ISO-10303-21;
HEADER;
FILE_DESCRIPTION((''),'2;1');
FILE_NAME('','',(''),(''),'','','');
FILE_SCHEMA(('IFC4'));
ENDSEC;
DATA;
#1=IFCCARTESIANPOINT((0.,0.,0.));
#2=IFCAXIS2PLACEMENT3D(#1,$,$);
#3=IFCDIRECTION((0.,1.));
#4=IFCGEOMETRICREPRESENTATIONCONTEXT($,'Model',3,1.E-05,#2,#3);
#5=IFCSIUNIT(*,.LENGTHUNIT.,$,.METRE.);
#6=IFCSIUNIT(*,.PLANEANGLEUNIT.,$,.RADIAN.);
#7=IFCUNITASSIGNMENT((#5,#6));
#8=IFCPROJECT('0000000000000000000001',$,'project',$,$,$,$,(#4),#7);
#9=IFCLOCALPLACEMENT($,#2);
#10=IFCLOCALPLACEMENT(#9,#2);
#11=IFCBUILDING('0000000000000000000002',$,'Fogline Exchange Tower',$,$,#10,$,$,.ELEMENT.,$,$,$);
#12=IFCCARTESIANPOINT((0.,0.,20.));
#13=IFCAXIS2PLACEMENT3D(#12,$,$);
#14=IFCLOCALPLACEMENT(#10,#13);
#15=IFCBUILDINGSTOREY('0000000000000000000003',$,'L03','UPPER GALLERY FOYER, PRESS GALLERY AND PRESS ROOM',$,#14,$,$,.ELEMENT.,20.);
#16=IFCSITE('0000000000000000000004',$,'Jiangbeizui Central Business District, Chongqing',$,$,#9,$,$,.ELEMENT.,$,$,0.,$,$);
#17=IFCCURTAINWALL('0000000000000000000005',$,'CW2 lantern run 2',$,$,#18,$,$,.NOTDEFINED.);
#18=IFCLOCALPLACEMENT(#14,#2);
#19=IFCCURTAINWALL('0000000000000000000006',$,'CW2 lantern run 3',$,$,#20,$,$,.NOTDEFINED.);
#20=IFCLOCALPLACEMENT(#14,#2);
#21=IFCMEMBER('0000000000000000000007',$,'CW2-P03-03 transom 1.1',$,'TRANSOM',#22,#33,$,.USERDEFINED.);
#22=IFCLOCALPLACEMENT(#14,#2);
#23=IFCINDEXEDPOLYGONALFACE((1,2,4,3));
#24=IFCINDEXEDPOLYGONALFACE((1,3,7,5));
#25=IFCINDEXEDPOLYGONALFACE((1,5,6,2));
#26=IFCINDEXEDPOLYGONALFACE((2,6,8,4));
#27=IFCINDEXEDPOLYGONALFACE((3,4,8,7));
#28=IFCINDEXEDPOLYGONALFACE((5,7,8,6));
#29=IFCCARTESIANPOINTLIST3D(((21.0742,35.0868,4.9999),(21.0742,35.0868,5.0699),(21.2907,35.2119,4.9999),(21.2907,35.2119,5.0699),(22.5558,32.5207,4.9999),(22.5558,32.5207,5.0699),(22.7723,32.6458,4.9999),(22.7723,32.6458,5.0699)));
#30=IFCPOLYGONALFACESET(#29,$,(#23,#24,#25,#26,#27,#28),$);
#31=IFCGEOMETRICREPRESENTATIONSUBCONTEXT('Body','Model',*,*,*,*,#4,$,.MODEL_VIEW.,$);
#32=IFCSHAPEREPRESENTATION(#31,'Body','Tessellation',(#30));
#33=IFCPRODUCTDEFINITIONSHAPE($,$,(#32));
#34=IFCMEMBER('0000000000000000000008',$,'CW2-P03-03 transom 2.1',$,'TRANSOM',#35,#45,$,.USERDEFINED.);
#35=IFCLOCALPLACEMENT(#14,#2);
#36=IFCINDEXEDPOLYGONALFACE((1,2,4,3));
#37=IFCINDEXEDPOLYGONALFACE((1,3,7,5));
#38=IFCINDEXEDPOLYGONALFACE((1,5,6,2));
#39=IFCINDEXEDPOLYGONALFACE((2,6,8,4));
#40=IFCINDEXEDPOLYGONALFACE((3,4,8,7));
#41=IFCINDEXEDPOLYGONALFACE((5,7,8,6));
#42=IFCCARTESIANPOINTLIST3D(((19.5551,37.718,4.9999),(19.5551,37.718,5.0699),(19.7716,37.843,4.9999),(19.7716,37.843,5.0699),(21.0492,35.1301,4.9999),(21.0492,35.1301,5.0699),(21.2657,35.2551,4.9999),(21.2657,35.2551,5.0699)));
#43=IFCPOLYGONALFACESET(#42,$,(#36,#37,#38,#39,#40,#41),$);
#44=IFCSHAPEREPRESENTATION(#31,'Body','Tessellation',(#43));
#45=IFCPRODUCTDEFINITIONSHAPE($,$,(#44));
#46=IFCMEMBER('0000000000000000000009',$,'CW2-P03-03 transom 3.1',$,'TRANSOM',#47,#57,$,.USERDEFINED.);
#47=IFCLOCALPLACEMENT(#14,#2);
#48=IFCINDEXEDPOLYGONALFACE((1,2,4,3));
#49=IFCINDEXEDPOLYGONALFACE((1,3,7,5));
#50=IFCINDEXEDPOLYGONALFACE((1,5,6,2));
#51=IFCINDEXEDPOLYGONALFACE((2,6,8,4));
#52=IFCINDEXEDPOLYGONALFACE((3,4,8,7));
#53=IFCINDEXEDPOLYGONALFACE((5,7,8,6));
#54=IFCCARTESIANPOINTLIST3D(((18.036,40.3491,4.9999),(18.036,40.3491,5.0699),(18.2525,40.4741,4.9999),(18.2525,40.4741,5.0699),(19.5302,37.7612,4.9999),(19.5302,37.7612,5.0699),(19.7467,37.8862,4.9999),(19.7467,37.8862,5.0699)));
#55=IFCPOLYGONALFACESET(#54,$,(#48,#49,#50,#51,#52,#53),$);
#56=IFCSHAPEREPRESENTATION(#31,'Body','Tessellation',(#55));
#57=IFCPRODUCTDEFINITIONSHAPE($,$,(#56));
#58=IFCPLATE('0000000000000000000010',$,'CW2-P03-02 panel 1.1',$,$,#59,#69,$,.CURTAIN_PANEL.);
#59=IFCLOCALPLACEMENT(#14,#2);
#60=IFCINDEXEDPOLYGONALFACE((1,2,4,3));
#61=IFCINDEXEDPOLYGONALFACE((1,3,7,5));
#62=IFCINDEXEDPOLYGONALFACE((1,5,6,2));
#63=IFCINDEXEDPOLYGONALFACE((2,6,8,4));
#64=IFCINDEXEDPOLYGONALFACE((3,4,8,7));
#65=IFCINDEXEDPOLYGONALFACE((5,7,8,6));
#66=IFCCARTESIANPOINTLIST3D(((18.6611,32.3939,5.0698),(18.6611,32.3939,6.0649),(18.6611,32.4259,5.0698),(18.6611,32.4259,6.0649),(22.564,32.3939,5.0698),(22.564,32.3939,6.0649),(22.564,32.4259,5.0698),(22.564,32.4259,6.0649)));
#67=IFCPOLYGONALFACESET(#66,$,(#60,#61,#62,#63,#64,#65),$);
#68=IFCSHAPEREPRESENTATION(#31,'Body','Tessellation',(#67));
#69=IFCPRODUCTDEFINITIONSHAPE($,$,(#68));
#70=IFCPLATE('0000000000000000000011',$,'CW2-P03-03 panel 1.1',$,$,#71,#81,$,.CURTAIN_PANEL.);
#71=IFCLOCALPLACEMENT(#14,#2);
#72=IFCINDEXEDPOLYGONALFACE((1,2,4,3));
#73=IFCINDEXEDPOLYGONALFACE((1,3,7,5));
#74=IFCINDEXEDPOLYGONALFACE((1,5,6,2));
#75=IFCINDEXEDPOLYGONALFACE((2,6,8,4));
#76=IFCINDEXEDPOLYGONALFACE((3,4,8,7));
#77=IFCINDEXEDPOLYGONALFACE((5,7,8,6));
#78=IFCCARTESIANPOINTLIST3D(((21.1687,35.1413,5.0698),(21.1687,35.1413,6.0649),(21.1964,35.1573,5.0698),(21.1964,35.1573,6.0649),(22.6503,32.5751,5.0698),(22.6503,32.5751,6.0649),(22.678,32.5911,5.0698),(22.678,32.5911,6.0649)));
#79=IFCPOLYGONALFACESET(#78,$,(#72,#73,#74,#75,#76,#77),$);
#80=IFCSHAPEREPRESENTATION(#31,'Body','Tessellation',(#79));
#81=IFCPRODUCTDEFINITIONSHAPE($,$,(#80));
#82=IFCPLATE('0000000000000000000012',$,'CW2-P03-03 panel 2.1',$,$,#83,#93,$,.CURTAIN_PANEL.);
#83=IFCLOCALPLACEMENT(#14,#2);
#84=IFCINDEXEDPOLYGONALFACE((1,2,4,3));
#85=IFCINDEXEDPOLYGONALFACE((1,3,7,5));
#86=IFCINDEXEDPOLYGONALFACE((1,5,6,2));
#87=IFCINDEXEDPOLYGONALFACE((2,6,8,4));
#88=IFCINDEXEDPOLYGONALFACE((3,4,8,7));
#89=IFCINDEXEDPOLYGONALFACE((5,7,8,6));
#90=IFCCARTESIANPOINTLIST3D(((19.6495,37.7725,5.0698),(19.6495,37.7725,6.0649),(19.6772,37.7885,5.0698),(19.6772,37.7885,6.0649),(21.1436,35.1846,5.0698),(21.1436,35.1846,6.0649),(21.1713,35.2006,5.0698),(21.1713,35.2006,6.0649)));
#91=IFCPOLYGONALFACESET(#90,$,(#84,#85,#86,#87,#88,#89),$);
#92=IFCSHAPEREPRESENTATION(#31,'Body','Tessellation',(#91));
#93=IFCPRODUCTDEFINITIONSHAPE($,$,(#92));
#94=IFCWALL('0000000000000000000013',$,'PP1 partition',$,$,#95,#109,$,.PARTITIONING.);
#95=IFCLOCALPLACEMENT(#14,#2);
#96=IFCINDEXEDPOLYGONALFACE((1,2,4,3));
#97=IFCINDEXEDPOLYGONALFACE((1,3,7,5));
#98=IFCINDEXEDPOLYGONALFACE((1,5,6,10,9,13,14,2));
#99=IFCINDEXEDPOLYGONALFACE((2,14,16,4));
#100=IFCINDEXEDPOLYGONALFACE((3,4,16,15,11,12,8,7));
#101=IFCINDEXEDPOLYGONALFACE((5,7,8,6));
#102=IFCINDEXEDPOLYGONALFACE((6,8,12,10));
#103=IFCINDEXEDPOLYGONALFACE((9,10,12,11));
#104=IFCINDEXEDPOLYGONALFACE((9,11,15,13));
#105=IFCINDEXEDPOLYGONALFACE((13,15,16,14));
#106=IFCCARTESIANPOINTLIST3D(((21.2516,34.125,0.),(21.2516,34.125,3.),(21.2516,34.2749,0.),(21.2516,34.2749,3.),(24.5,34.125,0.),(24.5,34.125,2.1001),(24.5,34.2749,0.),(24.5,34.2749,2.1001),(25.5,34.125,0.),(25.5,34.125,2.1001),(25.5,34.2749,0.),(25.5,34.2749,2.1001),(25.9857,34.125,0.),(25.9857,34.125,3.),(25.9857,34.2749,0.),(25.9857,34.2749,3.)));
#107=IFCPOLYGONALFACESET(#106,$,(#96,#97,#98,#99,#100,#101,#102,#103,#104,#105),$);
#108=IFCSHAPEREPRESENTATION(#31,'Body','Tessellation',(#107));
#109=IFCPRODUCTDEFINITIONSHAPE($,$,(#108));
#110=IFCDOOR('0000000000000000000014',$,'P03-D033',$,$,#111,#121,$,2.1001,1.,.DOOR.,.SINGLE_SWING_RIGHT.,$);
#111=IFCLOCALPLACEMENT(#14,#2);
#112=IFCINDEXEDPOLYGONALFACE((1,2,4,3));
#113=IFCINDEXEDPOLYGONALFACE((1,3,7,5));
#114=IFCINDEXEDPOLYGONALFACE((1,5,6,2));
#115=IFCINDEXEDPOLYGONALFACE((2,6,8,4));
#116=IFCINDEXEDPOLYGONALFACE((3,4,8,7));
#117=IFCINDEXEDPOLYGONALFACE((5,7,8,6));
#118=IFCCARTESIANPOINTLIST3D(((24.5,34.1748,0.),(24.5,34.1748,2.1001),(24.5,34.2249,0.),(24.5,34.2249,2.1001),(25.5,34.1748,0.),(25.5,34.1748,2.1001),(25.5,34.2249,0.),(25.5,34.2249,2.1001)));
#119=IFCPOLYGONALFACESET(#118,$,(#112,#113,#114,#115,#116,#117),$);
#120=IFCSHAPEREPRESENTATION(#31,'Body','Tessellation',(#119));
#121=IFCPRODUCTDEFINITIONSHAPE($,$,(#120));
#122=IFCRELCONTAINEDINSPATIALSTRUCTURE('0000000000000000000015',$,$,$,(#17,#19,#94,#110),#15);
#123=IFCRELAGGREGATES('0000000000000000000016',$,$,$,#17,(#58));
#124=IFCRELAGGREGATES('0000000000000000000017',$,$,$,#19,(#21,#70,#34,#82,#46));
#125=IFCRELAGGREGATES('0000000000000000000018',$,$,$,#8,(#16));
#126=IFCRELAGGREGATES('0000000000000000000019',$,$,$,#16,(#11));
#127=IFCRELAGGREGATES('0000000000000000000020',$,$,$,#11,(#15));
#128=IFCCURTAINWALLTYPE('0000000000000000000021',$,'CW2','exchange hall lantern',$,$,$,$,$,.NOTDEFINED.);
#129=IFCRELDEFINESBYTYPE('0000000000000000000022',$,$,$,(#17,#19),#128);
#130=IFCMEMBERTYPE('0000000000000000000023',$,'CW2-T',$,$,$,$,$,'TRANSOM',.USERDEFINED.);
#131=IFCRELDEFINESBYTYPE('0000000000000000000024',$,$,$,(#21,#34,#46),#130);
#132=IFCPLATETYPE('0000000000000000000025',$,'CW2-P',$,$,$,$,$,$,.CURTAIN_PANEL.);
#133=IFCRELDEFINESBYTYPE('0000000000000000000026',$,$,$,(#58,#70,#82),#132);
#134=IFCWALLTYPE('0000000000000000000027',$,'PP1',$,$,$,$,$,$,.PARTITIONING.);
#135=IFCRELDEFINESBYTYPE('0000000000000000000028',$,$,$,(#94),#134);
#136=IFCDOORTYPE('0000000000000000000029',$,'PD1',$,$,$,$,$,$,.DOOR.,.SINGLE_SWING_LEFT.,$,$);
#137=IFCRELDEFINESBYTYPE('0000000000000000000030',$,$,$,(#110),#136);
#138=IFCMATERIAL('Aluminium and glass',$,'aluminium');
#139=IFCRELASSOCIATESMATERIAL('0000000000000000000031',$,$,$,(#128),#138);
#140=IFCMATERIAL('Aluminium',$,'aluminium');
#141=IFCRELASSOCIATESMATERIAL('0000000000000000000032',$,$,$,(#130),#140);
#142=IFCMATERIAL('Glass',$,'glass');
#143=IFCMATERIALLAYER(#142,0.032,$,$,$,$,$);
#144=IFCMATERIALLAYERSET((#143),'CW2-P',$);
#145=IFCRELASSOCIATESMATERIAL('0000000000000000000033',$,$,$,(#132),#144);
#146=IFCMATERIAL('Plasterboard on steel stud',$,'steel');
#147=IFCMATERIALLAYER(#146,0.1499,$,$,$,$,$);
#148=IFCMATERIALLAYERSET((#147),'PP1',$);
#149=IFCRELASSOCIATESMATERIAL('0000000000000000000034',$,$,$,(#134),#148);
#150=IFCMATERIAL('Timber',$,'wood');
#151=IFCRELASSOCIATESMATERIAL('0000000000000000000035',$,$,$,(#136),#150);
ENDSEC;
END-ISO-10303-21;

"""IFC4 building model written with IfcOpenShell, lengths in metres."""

from ifc_helpers import new_model, si_unit, direction, frame, frame_2d, origin, origin_2d, place, context, subcontext, project, spatial, rectangle, extrude, material, layer, layer_set, material_profile, profile_set, type_object, element, fill, aggregate, save


model = new_model("IFC4")

# Units and contexts
model_context = context("Model", 3, precision=1e-05, world=origin(), true_north=direction((0.0, 1.0)))
body_context = subcontext(model_context, "Body", "Model", "MODEL_VIEW")
ifc_project = project(units=[si_unit("LENGTHUNIT", "METRE"), si_unit("PLANEANGLEUNIT", "RADIAN")], contexts=[model_context])

# Site, building, storey
site_placement = place(None, origin())
site = spatial("IfcSite", under=ifc_project, at=site_placement, Name="Jiangbeizui Central Business District, Chongqing", CompositionType="ELEMENT", RefElevation=0.0)
building_placement = place(site_placement, origin())
building = spatial("IfcBuilding", under=site, at=building_placement, Name="Fogline Exchange Tower", CompositionType="ELEMENT")
storey_placement = place(building_placement, frame((0.0, 0.0, 20.0)))
storey = spatial("IfcBuildingStorey", under=building, at=storey_placement, Name="L03", Description="UPPER GALLERY FOYER, PRESS GALLERY AND PRESS ROOM", CompositionType="ELEMENT", Elevation=20.0)

# Curtain walls
ifc_material_1 = material(Name="Aluminium and glass", Category="aluminium")
curtain_wall_type = type_object("IfcCurtainWallType", Name="CW2", Description="exchange hall lantern", PredefinedType="NOTDEFINED", material=ifc_material_1)
curtain_wall_1_placement = place(storey_placement, origin())
curtain_wall_1 = element("IfcCurtainWall", 1, at=curtain_wall_1_placement, inside=storey, type_object=curtain_wall_type, Name="CW2 lantern run 2", PredefinedType="NOTDEFINED")
ifc_material_2 = material(Name="Aluminium", Category="aluminium")
curtain_wall_2_placement = place(storey_placement, origin())
curtain_wall_2 = element("IfcCurtainWall", 2, at=curtain_wall_2_placement, inside=storey, type_object=curtain_wall_type, Name="CW2 lantern run 3", PredefinedType="NOTDEFINED")

# Members
ifc_material_profile_1 = material_profile(ifc_material_2, rectangle(XDim=0.25, YDim=0.0701, at=origin_2d()), Name="Transom 70x250")
ifc_profile_set_1 = profile_set([ifc_material_profile_1], Name="Aluminium")
member_type_1 = type_object("IfcMemberType", Name="CW2-T", ElementType="TRANSOM", PredefinedType="USERDEFINED", material=ifc_profile_set_1)
member_1_placement = place(storey_placement, frame((22.6641, 32.5833, 5.0349), z_axis=(-0.500029, 0.866009, 0.0), x_axis=(-0.866009, -0.500029, 0.0)))
member_1 = element("IfcMember", 3, at=member_1_placement, type_object=member_type_1, Name="CW2-P03-03 transom 1.1", ObjectType="TRANSOM", PredefinedType="USERDEFINED", context=body_context, shape_type="SweptSolid", body=[
    extrude(rectangle(XDim=0.25, YDim=0.0701, at=origin_2d()), origin(), (0.0, 0.0, 1.0), 2.9631),
])
member_2_placement = place(storey_placement, frame((21.1575, 35.1926, 5.0349), z_axis=(-0.500005, 0.866022, 0.0), x_axis=(-0.866022, -0.500005, 0.0)))
member_2 = element("IfcMember", 4, at=member_2_placement, type_object=member_type_1, Name="CW2-P03-03 transom 2.1", ObjectType="TRANSOM", PredefinedType="USERDEFINED", context=body_context, shape_type="SweptSolid", body=[
    extrude(rectangle(XDim=0.25, YDim=0.0701, at=origin_2d()), origin(), (0.0, 0.0, 1.0), 2.9883),
])
member_3_placement = place(storey_placement, frame((19.6384, 37.8237, 5.0349), z_axis=(-0.500005, 0.866022, 0.0), x_axis=(-0.866022, -0.500005, 0.0)))
member_3 = element("IfcMember", 5, at=member_3_placement, type_object=member_type_1, Name="CW2-P03-03 transom 3.1", ObjectType="TRANSOM", PredefinedType="USERDEFINED", context=body_context, shape_type="SweptSolid", body=[
    extrude(rectangle(XDim=0.25, YDim=0.0701, at=origin_2d()), origin(), (0.0, 0.0, 1.0), 2.9883),
])

# Plates
ifc_material_3 = material(Name="Glass", Category="glass")
ifc_layer_1 = layer(ifc_material_3, 0.032)
ifc_layer_set_1 = layer_set([ifc_layer_1], Name="CW2-P")
plate_type = type_object("IfcPlateType", Name="CW2-P", PredefinedType="CURTAIN_PANEL", material=ifc_layer_set_1)
plate_1_placement = place(storey_placement, frame((20.6125, 32.4099, 5.0698), z_axis=(0.0, 0.0, 1.0), x_axis=(1.0, 0.0, 0.0)))
plate_1 = element("IfcPlate", 6, at=plate_1_placement, type_object=plate_type, Name="CW2-P03-02 panel 1.1", PredefinedType="CURTAIN_PANEL", context=body_context, shape_type="SweptSolid", body=[
    extrude(rectangle(XDim=3.9028, YDim=0.032, at=origin_2d()), origin(), (0.0, 0.0, 1.0), 0.9951),
])
aggregate(curtain_wall_1, [plate_1])
plate_2_placement = place(storey_placement, frame((21.9233, 33.8662, 5.0698), z_axis=(0.0, 0.0, 1.0), x_axis=(-0.5, 0.866025, 0.0)))
plate_2 = element("IfcPlate", 7, at=plate_2_placement, type_object=plate_type, Name="CW2-P03-03 panel 1.1", PredefinedType="CURTAIN_PANEL", context=body_context, shape_type="SweptSolid", body=[
    extrude(rectangle(XDim=2.9631, YDim=0.032, at=origin_2d()), origin(), (0.0, 0.0, 1.0), 0.9951),
])
plate_3_placement = place(storey_placement, frame((20.4104, 36.4866, 5.0698), z_axis=(0.0, 0.0, 1.0), x_axis=(-0.5, 0.866025, 0.0)))
plate_3 = element("IfcPlate", 8, at=plate_3_placement, type_object=plate_type, Name="CW2-P03-03 panel 2.1", PredefinedType="CURTAIN_PANEL", context=body_context, shape_type="SweptSolid", body=[
    extrude(rectangle(XDim=2.9883, YDim=0.032, at=origin_2d()), origin(), (0.0, 0.0, 1.0), 0.9951),
])
aggregate(curtain_wall_2, [member_1, plate_2, member_2, plate_3, member_3])

# Wall, opening, door
ifc_material_4 = material(Name="Plasterboard on steel stud", Category="steel")
ifc_layer_2 = layer(ifc_material_4, 0.1499)
ifc_layer_set_2 = layer_set([ifc_layer_2], Name="PP1")
wall_type = type_object("IfcWallType", Name="PP1", PredefinedType="PARTITIONING", material=ifc_layer_set_2)
wall_1_placement = place(storey_placement, frame((21.2515, 34.2, 0.0), z_axis=(0.0, 0.0, 1.0), x_axis=(1.0, 0.0, 0.0)))
wall_1 = element("IfcWall", 9, at=wall_1_placement, inside=storey, type_object=wall_type, Name="PP1 partition", PredefinedType="PARTITIONING", context=body_context, shape_type="SweptSolid", body=[
    extrude(rectangle(XDim=4.7341, YDim=0.1499, at=frame_2d((2.3672, 0.0))), origin(), (0.0, 0.0, 1.0), 3.0),
])
opening_1_placement = place(wall_1_placement, frame((3.2485, 0.0, 0.0)))
opening_1 = element("IfcOpeningElement", 10, at=opening_1_placement, cuts=wall_1, PredefinedType="OPENING", context=body_context, shape_type="SweptSolid", body=[
    extrude(rectangle(XDim=1.0, YDim=2.1001, at=frame_2d((0.5, 1.05))), frame((0.0, 0.085, 0.0), z_axis=(0.0, -1.0, 0.0), x_axis=(1.0, 0.0, 0.0)), (0.0, 0.0, 1.0), 0.1699),
])
ifc_material_5 = material(Name="Timber", Category="wood")
door_type_1 = type_object("IfcDoorType", Name="PD1", OperationType="SINGLE_SWING_LEFT", PredefinedType="DOOR", material=ifc_material_5)
door_1_placement = place(opening_1_placement, origin())
door_1 = element("IfcDoor", 11, at=door_1_placement, inside=storey, type_object=door_type_1, Name="P03-D033", OperationType="SINGLE_SWING_RIGHT", OverallHeight=2.1001, OverallWidth=1.0, PredefinedType="DOOR", context=body_context, shape_type="SweptSolid", body=[
    extrude(rectangle(XDim=1.0, YDim=2.1001, at=frame_2d((0.5, 1.05))), frame((0.0, 0.0249, 0.0), z_axis=(0.0, -1.0, 0.0), x_axis=(1.0, 0.0, 0.0)), (0.0, 0.0, 1.0), 0.05),
])
fill(opening_1, door_1)

save(model, "model.ifc")
